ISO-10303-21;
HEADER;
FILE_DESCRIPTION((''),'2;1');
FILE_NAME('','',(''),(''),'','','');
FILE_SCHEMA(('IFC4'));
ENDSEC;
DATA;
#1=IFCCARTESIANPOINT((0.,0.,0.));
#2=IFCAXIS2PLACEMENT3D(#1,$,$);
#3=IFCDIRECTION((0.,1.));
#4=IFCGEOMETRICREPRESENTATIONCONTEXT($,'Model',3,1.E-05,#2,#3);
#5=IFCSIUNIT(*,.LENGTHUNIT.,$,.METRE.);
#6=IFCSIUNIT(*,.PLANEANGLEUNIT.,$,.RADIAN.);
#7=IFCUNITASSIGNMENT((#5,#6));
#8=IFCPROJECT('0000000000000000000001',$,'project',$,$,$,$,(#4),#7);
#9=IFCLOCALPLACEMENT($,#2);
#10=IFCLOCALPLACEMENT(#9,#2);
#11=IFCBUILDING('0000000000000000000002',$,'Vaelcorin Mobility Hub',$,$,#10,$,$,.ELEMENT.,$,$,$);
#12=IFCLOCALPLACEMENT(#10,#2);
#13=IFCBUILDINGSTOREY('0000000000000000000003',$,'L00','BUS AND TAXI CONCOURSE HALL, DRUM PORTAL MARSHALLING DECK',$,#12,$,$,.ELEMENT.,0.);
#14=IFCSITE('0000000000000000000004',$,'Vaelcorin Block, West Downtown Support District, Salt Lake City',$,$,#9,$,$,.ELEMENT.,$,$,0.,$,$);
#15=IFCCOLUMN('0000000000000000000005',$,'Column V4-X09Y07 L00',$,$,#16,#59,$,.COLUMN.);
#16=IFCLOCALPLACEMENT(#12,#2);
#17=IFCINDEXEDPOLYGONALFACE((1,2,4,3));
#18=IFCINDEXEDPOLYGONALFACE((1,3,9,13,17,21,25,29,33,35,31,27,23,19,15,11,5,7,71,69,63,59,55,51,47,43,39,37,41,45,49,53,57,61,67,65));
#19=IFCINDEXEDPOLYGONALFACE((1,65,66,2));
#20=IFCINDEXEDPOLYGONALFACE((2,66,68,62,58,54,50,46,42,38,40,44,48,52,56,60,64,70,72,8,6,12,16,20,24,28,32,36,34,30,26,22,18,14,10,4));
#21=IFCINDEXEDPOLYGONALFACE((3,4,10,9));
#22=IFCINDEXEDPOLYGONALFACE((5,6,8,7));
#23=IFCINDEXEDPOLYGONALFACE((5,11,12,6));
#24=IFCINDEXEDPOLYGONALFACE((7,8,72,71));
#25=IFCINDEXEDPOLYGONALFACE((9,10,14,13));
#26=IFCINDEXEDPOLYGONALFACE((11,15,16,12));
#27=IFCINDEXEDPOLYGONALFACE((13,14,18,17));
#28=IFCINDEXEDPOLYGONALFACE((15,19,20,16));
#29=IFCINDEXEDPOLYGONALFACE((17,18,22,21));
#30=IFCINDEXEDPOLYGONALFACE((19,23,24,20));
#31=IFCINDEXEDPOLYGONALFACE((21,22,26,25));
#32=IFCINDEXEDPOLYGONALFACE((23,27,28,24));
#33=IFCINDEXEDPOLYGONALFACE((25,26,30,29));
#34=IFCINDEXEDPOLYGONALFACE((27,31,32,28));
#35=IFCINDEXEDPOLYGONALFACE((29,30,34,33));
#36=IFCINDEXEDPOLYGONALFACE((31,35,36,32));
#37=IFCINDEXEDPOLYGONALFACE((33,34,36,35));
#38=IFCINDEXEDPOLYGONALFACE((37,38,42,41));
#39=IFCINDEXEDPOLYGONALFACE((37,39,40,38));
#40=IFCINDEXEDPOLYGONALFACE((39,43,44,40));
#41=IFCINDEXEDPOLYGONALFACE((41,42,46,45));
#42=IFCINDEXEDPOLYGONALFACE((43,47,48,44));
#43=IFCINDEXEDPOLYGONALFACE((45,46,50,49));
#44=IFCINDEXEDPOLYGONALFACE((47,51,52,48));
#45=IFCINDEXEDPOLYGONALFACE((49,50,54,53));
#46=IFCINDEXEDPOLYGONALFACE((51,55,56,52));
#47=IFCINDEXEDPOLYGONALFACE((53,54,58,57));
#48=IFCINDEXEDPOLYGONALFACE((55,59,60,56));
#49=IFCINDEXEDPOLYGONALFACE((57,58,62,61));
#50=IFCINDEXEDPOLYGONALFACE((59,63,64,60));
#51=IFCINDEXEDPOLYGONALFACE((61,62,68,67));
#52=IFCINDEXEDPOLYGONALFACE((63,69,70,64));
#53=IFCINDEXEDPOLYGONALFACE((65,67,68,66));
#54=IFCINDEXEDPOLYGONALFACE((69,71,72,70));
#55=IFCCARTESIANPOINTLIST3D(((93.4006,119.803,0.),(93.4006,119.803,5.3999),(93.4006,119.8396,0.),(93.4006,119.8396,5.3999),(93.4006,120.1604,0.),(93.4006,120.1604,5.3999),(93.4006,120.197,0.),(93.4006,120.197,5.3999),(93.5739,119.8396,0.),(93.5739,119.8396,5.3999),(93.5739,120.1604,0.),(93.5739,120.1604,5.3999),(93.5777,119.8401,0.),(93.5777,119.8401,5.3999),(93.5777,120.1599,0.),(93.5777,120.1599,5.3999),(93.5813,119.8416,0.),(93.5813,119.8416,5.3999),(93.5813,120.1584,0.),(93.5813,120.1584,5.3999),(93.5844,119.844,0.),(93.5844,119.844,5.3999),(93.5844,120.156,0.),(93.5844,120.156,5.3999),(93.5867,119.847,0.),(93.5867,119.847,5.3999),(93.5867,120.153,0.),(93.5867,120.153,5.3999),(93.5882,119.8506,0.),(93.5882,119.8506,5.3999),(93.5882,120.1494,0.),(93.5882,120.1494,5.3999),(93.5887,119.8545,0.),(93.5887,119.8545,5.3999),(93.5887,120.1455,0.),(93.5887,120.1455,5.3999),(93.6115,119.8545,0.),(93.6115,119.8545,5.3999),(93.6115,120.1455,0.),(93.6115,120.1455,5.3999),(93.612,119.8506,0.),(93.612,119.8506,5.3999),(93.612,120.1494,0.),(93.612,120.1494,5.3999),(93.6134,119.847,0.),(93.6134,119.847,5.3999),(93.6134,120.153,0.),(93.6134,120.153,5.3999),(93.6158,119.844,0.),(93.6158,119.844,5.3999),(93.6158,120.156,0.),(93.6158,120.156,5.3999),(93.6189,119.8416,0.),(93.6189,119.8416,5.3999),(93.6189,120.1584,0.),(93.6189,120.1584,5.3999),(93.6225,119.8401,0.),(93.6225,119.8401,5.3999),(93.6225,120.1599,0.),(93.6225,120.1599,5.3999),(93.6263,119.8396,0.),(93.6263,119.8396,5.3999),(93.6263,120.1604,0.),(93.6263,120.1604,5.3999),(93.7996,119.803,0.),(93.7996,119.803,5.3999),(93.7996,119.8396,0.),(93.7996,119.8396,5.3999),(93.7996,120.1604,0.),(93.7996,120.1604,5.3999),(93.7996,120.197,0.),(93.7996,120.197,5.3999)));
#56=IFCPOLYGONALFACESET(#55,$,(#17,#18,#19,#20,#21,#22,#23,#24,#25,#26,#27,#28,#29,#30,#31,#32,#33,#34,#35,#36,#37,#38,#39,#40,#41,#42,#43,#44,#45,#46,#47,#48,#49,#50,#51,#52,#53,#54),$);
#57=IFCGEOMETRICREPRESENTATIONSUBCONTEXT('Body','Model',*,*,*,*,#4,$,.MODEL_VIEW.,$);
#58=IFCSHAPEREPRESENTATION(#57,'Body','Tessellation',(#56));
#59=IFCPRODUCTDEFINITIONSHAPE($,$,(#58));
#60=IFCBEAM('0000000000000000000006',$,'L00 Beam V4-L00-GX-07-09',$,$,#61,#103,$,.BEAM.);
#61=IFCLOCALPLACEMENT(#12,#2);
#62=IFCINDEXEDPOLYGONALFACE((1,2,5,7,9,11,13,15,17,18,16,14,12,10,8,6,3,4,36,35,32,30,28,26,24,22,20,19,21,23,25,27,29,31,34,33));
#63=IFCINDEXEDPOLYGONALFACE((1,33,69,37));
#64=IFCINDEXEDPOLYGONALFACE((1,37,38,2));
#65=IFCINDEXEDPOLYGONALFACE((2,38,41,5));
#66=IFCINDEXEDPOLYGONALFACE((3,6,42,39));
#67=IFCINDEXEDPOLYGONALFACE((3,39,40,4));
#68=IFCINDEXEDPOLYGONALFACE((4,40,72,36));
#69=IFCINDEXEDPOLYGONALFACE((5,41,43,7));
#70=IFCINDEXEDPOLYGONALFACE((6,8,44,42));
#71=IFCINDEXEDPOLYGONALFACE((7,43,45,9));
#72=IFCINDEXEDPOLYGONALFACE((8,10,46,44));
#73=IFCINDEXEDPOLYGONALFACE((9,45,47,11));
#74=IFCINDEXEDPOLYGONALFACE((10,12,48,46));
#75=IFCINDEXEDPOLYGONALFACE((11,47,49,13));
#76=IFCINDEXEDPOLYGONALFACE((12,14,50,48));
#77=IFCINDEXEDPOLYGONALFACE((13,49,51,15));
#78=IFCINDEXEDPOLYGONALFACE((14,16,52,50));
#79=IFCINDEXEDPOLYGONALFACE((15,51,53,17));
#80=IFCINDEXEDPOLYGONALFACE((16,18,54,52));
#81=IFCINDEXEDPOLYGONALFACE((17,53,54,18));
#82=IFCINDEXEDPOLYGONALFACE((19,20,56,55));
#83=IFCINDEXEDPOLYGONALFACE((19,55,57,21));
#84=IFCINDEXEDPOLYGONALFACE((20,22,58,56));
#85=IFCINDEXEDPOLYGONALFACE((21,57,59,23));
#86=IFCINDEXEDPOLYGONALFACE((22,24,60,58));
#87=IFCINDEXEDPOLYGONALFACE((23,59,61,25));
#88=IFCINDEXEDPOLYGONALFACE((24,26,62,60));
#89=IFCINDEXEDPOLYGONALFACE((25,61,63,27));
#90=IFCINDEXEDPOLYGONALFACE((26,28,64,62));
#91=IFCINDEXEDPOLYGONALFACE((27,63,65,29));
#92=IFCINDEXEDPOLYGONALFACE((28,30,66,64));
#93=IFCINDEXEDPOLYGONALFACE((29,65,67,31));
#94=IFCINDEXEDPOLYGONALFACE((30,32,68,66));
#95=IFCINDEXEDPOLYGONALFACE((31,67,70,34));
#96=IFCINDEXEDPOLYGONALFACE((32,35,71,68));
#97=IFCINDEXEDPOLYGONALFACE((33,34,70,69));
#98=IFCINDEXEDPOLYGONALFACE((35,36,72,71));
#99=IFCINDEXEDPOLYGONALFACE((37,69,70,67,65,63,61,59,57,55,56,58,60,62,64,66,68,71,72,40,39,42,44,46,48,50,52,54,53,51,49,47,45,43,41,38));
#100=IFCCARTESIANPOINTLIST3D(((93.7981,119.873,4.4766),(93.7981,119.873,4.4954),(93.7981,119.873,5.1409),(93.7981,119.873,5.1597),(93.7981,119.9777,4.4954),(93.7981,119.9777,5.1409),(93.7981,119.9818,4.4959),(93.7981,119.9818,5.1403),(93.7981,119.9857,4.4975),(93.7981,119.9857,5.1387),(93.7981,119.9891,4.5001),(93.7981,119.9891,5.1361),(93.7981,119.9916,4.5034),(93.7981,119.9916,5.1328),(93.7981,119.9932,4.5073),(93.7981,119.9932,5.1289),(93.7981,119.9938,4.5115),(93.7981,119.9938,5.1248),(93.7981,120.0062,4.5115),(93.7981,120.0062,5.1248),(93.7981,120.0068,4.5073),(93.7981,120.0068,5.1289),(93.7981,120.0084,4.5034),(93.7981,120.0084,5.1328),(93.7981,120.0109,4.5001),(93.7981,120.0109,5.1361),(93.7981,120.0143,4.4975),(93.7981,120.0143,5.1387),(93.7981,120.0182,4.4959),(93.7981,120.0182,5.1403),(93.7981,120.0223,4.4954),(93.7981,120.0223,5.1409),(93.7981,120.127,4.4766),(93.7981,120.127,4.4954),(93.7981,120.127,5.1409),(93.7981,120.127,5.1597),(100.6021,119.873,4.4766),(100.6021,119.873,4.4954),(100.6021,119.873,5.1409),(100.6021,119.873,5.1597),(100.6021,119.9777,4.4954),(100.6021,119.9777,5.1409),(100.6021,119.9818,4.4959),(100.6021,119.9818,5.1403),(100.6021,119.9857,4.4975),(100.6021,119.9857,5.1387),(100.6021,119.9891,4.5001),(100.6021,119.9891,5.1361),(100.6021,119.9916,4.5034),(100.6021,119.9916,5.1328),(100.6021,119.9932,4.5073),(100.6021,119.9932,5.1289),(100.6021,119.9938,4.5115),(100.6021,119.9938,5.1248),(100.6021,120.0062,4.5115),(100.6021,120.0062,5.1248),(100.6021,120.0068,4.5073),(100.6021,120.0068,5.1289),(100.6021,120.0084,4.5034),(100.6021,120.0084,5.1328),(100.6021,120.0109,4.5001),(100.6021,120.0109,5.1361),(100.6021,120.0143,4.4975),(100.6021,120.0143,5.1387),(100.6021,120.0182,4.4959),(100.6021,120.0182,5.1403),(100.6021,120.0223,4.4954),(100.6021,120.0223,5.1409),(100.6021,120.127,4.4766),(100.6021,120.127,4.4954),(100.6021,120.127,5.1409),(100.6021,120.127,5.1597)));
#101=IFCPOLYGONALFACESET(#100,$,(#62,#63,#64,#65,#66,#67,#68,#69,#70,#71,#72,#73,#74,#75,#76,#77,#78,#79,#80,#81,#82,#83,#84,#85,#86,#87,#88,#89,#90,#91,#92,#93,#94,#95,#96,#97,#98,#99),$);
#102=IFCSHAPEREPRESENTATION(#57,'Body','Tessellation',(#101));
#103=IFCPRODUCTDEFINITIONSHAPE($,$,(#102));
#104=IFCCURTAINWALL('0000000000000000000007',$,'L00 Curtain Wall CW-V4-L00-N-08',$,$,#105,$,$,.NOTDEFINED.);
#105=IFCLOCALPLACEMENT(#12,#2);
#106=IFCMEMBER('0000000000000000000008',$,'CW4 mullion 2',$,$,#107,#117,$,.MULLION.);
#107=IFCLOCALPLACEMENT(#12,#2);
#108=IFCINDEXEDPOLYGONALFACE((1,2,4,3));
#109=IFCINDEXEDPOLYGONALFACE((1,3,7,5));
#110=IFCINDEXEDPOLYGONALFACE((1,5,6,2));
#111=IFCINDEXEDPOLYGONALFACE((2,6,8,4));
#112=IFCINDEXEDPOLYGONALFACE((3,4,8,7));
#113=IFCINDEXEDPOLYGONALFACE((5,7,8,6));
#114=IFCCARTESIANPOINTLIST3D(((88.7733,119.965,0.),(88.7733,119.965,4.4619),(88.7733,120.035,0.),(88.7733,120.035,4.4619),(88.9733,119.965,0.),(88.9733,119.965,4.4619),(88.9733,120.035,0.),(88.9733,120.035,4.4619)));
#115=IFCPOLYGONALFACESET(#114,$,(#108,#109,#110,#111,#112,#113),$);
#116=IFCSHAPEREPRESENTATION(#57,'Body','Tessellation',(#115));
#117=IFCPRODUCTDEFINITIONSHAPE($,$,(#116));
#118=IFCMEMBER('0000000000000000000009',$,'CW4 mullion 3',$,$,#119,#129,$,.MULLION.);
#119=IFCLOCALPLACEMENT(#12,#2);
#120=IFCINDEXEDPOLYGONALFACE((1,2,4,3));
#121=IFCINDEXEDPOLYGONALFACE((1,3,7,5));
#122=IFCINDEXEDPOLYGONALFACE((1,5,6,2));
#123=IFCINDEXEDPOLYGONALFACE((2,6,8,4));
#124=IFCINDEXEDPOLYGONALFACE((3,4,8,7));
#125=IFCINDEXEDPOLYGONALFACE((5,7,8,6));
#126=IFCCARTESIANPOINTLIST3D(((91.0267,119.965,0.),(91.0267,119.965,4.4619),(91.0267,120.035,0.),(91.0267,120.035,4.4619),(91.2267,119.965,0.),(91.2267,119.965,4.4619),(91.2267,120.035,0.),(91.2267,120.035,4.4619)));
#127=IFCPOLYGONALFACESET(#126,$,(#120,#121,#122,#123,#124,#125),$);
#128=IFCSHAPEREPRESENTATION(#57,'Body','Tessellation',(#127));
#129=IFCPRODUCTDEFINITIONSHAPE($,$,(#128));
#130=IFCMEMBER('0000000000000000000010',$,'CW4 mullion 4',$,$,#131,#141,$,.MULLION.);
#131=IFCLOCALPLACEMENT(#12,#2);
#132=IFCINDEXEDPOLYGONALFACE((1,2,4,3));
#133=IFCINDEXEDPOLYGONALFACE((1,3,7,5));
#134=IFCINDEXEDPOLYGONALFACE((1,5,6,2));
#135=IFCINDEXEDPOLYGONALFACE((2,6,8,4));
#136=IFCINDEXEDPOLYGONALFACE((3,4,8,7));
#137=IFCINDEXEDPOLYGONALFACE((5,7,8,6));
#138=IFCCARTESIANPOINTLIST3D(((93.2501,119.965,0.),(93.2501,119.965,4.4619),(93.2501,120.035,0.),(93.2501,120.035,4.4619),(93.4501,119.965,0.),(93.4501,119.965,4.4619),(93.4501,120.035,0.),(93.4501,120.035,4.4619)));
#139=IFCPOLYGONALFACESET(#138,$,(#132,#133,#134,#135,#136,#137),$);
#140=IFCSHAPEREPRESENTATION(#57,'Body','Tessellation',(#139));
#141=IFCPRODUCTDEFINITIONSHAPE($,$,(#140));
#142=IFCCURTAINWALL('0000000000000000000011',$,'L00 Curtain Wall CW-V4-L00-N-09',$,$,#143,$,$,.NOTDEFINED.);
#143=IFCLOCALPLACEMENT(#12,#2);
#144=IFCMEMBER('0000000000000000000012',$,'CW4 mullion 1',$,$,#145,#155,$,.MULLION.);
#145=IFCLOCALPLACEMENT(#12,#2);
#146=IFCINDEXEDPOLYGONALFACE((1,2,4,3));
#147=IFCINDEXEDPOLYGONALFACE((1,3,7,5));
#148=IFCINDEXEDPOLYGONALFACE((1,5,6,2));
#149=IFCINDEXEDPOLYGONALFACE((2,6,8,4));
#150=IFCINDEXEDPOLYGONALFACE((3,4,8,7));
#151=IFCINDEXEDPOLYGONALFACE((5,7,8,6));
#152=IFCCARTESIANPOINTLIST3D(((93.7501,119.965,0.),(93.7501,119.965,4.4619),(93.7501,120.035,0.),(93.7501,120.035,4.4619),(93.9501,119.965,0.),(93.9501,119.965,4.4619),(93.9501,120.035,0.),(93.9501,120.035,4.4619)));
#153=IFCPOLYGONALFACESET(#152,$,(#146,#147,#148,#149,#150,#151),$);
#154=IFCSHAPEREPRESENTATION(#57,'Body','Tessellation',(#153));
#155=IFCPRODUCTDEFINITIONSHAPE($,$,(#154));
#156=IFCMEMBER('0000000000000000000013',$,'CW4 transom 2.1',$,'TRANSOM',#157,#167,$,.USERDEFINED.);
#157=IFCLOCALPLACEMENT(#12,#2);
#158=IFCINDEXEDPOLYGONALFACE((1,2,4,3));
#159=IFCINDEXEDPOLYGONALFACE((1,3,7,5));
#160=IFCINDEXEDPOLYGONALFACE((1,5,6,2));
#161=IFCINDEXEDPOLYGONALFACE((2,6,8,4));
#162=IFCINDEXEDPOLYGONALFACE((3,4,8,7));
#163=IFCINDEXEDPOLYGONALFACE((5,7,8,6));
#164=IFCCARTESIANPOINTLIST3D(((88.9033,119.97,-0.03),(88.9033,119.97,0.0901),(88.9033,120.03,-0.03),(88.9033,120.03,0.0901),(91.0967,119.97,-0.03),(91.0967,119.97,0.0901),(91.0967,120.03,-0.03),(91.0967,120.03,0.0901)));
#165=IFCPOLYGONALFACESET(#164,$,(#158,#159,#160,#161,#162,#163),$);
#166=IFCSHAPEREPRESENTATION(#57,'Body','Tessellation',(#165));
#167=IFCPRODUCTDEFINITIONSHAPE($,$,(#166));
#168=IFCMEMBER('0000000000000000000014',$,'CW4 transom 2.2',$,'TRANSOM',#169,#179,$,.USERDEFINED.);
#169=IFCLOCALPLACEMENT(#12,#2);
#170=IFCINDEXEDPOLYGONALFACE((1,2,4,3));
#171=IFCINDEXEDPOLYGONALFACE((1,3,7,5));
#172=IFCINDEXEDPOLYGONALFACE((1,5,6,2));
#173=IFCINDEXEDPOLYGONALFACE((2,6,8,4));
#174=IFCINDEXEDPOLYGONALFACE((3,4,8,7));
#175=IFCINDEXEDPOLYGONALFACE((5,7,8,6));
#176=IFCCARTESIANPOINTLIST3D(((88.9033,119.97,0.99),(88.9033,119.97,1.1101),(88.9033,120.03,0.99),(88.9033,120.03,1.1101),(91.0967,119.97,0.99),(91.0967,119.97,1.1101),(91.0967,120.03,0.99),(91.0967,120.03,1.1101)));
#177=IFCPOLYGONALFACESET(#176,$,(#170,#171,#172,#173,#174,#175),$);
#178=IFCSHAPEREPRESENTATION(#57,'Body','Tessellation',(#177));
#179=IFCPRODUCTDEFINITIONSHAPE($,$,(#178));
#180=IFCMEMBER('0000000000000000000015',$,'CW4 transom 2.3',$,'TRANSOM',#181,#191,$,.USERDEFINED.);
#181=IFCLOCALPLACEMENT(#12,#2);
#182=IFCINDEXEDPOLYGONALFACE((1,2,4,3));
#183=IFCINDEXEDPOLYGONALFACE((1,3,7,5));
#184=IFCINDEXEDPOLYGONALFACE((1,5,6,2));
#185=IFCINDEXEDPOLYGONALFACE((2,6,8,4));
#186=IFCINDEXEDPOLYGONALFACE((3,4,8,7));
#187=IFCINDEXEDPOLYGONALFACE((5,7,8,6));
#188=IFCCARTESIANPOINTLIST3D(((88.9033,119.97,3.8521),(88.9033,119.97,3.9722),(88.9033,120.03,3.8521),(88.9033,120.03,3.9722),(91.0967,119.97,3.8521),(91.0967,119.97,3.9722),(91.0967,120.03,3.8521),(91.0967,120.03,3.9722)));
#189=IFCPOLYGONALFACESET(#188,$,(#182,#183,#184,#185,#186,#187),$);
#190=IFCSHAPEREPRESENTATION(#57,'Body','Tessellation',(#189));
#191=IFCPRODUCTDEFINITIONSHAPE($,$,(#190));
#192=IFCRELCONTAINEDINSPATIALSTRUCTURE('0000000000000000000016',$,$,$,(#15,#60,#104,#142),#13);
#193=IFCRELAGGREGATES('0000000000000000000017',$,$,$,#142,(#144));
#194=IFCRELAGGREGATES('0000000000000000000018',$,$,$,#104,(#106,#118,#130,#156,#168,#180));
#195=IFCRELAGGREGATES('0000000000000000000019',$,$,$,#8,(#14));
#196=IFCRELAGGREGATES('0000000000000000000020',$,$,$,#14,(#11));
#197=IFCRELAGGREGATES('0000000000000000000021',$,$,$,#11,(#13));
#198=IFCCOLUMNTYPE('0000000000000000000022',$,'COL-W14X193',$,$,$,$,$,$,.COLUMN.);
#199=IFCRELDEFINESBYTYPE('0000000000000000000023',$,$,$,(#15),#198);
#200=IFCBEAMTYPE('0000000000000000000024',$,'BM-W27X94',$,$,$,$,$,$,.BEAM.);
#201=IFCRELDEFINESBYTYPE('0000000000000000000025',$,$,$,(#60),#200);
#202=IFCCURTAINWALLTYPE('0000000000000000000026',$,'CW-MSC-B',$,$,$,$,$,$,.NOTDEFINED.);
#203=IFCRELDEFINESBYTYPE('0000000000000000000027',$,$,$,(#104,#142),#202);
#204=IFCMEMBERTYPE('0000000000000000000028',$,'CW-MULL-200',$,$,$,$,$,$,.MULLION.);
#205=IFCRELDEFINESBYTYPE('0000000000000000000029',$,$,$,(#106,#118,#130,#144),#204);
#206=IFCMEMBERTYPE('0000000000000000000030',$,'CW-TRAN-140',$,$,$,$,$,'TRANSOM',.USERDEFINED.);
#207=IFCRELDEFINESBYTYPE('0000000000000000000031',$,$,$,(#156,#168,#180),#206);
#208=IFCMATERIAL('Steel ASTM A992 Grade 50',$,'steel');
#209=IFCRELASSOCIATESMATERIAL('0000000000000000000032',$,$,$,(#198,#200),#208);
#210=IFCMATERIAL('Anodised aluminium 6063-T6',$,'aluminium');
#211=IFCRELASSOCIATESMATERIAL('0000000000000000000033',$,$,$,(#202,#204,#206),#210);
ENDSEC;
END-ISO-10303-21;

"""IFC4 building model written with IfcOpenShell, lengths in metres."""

from ifc_helpers import new_model, si_unit, direction, frame, origin, origin_2d, place, context, subcontext, project, spatial, rectangle, i_section, extrude, material, material_profile, profile_set, type_object, element, aggregate, save


model = new_model("IFC4")

# Units and contexts
model_context = context("Model", 3, precision=1e-05, world=origin(), true_north=direction((0.0, 1.0)))
body_context = subcontext(model_context, "Body", "Model", "MODEL_VIEW")
ifc_project = project(units=[si_unit("LENGTHUNIT", "METRE"), si_unit("PLANEANGLEUNIT", "RADIAN")], contexts=[model_context])

# Site, building, storey
site_placement = place(None, origin())
site = spatial("IfcSite", under=ifc_project, at=site_placement, Name="Vaelcorin Block, West Downtown Support District, Salt Lake City", CompositionType="ELEMENT", RefElevation=0.0)
building_placement = place(site_placement, origin())
building = spatial("IfcBuilding", under=site, at=building_placement, Name="Vaelcorin Mobility Hub", CompositionType="ELEMENT")
storey_placement = place(building_placement, origin())
storey = spatial("IfcBuildingStorey", under=building, at=storey_placement, Name="L00", Description="BUS AND TAXI CONCOURSE HALL, DRUM PORTAL MARSHALLING DECK", CompositionType="ELEMENT", Elevation=0.0)

# Column
ifc_material_1 = material(Name="Steel ASTM A992 Grade 50", Category="steel")
ifc_material_profile_1 = material_profile(ifc_material_1, i_section(OverallWidth=0.3989, OverallDepth=0.394, WebThickness=0.0227, FlangeThickness=0.0366, FilletRadius=0.0149, at=origin_2d()), Name="W14X193")
ifc_profile_set_1 = profile_set([ifc_material_profile_1], Name="Steel ASTM A992 Grade 50")
column_type = type_object("IfcColumnType", Name="COL-W14X193", PredefinedType="COLUMN", material=ifc_profile_set_1)
column_placement = place(storey_placement, frame((93.6001, 120.0, 0.0), z_axis=(0.0, 0.0, 1.0), x_axis=(1.0, 0.0, 0.0)))
element("IfcColumn", 1, at=column_placement, inside=storey, type_object=column_type, Name="Column V4-X09Y07 L00", PredefinedType="COLUMN", context=body_context, shape_type="SweptSolid", body=[
    extrude(i_section(OverallWidth=0.3989, OverallDepth=0.394, WebThickness=0.0227, FlangeThickness=0.0366, FilletRadius=0.0149, at=origin_2d()), origin(), (0.0, 0.0, 1.0), 5.3999),
])

# Beam
ifc_material_profile_2 = material_profile(ifc_material_1, i_section(OverallWidth=0.2539, OverallDepth=0.6831, WebThickness=0.0125, FlangeThickness=0.0188, FilletRadius=0.0161, at=origin_2d()), Name="W27X94")
ifc_profile_set_2 = profile_set([ifc_material_profile_2], Name="Steel ASTM A992 Grade 50")
beam_type = type_object("IfcBeamType", Name="BM-W27X94", PredefinedType="BEAM", material=ifc_profile_set_2)
beam_placement = place(storey_placement, frame((93.7981, 120.0, 4.8181), z_axis=(1.0, 0.0, 0.0), x_axis=(0.0, 1.0, 0.0)))
element("IfcBeam", 2, at=beam_placement, inside=storey, type_object=beam_type, Name="L00 Beam V4-L00-GX-07-09", PredefinedType="BEAM", context=body_context, shape_type="SweptSolid", body=[
    extrude(i_section(OverallWidth=0.2539, OverallDepth=0.6831, WebThickness=0.0125, FlangeThickness=0.0188, FilletRadius=0.0161, at=origin_2d()), origin(), (0.0, 0.0, 1.0), 6.804),
])

# Curtain wall, members
ifc_material_2 = material(Name="Anodised aluminium 6063-T6", Category="aluminium")
curtain_wall_type = type_object("IfcCurtainWallType", Name="CW-MSC-B", PredefinedType="NOTDEFINED", material=ifc_material_2)
curtain_wall_1_placement = place(storey_placement, origin())
curtain_wall_1 = element("IfcCurtainWall", 3, at=curtain_wall_1_placement, inside=storey, type_object=curtain_wall_type, Name="L00 Curtain Wall CW-V4-L00-N-08", PredefinedType="NOTDEFINED")
ifc_material_profile_3 = material_profile(ifc_material_2, rectangle(XDim=0.0701, YDim=0.2, at=origin_2d()), Name="ALU-M70X200")
ifc_profile_set_3 = profile_set([ifc_material_profile_3], Name="Anodised aluminium 6063-T6")
member_type_1 = type_object("IfcMemberType", Name="CW-MULL-200", PredefinedType="MULLION", material=ifc_profile_set_3)
member_1_placement = place(storey_placement, frame((88.8733, 120.0, 0.0), z_axis=(0.0, 0.0, 1.0), x_axis=(0.0, 1.0, 0.0)))
member_1 = element("IfcMember", 4, at=member_1_placement, type_object=member_type_1, Name="CW4 mullion 2", PredefinedType="MULLION", context=body_context, shape_type="SweptSolid", body=[
    extrude(rectangle(XDim=0.0701, YDim=0.2, at=origin_2d()), origin(), (0.0, 0.0, 1.0), 4.4619),
])
member_2_placement = place(storey_placement, frame((91.1267, 120.0, 0.0), z_axis=(0.0, 0.0, 1.0), x_axis=(0.0, 1.0, 0.0)))
member_2 = element("IfcMember", 5, at=member_2_placement, type_object=member_type_1, Name="CW4 mullion 3", PredefinedType="MULLION", context=body_context, shape_type="SweptSolid", body=[
    extrude(rectangle(XDim=0.0701, YDim=0.2, at=origin_2d()), origin(), (0.0, 0.0, 1.0), 4.4619),
])
member_3_placement = place(storey_placement, frame((93.3501, 120.0, 0.0), z_axis=(0.0, 0.0, 1.0), x_axis=(0.0, 1.0, 0.0)))
member_3 = element("IfcMember", 6, at=member_3_placement, type_object=member_type_1, Name="CW4 mullion 4", PredefinedType="MULLION", context=body_context, shape_type="SweptSolid", body=[
    extrude(rectangle(XDim=0.0701, YDim=0.2, at=origin_2d()), origin(), (0.0, 0.0, 1.0), 4.4619),
])

# Curtain wall, member
curtain_wall_2_placement = place(storey_placement, origin())
curtain_wall_2 = element("IfcCurtainWall", 7, at=curtain_wall_2_placement, inside=storey, type_object=curtain_wall_type, Name="L00 Curtain Wall CW-V4-L00-N-09", PredefinedType="NOTDEFINED")
member_4_placement = place(storey_placement, frame((93.8501, 120.0, 0.0), z_axis=(0.0, 0.0, 1.0), x_axis=(0.0, 1.0, 0.0)))
member_4 = element("IfcMember", 8, at=member_4_placement, type_object=member_type_1, Name="CW4 mullion 1", PredefinedType="MULLION", context=body_context, shape_type="SweptSolid", body=[
    extrude(rectangle(XDim=0.0701, YDim=0.2, at=origin_2d()), origin(), (0.0, 0.0, 1.0), 4.4619),
])

# Members
ifc_material_profile_4 = material_profile(ifc_material_2, rectangle(XDim=0.0601, YDim=0.1201, at=origin_2d()), Name="ALU-T60X120")
ifc_profile_set_4 = profile_set([ifc_material_profile_4], Name="Anodised aluminium 6063-T6")
member_type_2 = type_object("IfcMemberType", Name="CW-TRAN-140", ElementType="TRANSOM", PredefinedType="USERDEFINED", material=ifc_profile_set_4)
member_5_placement = place(storey_placement, frame((88.9033, 120.0, 0.03), z_axis=(1.0, 0.0, 0.0), x_axis=(0.0, 1.0, 0.0)))
member_5 = element("IfcMember", 9, at=member_5_placement, type_object=member_type_2, Name="CW4 transom 2.1", ObjectType="TRANSOM", PredefinedType="USERDEFINED", context=body_context, shape_type="SweptSolid", body=[
    extrude(rectangle(XDim=0.0601, YDim=0.1201, at=origin_2d()), origin(), (0.0, 0.0, 1.0), 2.1934),
])
member_6_placement = place(storey_placement, frame((88.9033, 120.0, 1.05), z_axis=(1.0, 0.0, 0.0), x_axis=(0.0, 1.0, 0.0)))
member_6 = element("IfcMember", 10, at=member_6_placement, type_object=member_type_2, Name="CW4 transom 2.2", ObjectType="TRANSOM", PredefinedType="USERDEFINED", context=body_context, shape_type="SweptSolid", body=[
    extrude(rectangle(XDim=0.0601, YDim=0.1201, at=origin_2d()), origin(), (0.0, 0.0, 1.0), 2.1934),
])
member_7_placement = place(storey_placement, frame((88.9033, 120.0, 3.9121), z_axis=(1.0, 0.0, 0.0), x_axis=(0.0, 1.0, 0.0)))
member_7 = element("IfcMember", 11, at=member_7_placement, type_object=member_type_2, Name="CW4 transom 2.3", ObjectType="TRANSOM", PredefinedType="USERDEFINED", context=body_context, shape_type="SweptSolid", body=[
    extrude(rectangle(XDim=0.0601, YDim=0.1201, at=origin_2d()), origin(), (0.0, 0.0, 1.0), 2.1934),
])
aggregate(curtain_wall_2, [member_4])

aggregate(curtain_wall_1, [member_1, member_2, member_3, member_5, member_6, member_7])

save(model, "model.ifc")
